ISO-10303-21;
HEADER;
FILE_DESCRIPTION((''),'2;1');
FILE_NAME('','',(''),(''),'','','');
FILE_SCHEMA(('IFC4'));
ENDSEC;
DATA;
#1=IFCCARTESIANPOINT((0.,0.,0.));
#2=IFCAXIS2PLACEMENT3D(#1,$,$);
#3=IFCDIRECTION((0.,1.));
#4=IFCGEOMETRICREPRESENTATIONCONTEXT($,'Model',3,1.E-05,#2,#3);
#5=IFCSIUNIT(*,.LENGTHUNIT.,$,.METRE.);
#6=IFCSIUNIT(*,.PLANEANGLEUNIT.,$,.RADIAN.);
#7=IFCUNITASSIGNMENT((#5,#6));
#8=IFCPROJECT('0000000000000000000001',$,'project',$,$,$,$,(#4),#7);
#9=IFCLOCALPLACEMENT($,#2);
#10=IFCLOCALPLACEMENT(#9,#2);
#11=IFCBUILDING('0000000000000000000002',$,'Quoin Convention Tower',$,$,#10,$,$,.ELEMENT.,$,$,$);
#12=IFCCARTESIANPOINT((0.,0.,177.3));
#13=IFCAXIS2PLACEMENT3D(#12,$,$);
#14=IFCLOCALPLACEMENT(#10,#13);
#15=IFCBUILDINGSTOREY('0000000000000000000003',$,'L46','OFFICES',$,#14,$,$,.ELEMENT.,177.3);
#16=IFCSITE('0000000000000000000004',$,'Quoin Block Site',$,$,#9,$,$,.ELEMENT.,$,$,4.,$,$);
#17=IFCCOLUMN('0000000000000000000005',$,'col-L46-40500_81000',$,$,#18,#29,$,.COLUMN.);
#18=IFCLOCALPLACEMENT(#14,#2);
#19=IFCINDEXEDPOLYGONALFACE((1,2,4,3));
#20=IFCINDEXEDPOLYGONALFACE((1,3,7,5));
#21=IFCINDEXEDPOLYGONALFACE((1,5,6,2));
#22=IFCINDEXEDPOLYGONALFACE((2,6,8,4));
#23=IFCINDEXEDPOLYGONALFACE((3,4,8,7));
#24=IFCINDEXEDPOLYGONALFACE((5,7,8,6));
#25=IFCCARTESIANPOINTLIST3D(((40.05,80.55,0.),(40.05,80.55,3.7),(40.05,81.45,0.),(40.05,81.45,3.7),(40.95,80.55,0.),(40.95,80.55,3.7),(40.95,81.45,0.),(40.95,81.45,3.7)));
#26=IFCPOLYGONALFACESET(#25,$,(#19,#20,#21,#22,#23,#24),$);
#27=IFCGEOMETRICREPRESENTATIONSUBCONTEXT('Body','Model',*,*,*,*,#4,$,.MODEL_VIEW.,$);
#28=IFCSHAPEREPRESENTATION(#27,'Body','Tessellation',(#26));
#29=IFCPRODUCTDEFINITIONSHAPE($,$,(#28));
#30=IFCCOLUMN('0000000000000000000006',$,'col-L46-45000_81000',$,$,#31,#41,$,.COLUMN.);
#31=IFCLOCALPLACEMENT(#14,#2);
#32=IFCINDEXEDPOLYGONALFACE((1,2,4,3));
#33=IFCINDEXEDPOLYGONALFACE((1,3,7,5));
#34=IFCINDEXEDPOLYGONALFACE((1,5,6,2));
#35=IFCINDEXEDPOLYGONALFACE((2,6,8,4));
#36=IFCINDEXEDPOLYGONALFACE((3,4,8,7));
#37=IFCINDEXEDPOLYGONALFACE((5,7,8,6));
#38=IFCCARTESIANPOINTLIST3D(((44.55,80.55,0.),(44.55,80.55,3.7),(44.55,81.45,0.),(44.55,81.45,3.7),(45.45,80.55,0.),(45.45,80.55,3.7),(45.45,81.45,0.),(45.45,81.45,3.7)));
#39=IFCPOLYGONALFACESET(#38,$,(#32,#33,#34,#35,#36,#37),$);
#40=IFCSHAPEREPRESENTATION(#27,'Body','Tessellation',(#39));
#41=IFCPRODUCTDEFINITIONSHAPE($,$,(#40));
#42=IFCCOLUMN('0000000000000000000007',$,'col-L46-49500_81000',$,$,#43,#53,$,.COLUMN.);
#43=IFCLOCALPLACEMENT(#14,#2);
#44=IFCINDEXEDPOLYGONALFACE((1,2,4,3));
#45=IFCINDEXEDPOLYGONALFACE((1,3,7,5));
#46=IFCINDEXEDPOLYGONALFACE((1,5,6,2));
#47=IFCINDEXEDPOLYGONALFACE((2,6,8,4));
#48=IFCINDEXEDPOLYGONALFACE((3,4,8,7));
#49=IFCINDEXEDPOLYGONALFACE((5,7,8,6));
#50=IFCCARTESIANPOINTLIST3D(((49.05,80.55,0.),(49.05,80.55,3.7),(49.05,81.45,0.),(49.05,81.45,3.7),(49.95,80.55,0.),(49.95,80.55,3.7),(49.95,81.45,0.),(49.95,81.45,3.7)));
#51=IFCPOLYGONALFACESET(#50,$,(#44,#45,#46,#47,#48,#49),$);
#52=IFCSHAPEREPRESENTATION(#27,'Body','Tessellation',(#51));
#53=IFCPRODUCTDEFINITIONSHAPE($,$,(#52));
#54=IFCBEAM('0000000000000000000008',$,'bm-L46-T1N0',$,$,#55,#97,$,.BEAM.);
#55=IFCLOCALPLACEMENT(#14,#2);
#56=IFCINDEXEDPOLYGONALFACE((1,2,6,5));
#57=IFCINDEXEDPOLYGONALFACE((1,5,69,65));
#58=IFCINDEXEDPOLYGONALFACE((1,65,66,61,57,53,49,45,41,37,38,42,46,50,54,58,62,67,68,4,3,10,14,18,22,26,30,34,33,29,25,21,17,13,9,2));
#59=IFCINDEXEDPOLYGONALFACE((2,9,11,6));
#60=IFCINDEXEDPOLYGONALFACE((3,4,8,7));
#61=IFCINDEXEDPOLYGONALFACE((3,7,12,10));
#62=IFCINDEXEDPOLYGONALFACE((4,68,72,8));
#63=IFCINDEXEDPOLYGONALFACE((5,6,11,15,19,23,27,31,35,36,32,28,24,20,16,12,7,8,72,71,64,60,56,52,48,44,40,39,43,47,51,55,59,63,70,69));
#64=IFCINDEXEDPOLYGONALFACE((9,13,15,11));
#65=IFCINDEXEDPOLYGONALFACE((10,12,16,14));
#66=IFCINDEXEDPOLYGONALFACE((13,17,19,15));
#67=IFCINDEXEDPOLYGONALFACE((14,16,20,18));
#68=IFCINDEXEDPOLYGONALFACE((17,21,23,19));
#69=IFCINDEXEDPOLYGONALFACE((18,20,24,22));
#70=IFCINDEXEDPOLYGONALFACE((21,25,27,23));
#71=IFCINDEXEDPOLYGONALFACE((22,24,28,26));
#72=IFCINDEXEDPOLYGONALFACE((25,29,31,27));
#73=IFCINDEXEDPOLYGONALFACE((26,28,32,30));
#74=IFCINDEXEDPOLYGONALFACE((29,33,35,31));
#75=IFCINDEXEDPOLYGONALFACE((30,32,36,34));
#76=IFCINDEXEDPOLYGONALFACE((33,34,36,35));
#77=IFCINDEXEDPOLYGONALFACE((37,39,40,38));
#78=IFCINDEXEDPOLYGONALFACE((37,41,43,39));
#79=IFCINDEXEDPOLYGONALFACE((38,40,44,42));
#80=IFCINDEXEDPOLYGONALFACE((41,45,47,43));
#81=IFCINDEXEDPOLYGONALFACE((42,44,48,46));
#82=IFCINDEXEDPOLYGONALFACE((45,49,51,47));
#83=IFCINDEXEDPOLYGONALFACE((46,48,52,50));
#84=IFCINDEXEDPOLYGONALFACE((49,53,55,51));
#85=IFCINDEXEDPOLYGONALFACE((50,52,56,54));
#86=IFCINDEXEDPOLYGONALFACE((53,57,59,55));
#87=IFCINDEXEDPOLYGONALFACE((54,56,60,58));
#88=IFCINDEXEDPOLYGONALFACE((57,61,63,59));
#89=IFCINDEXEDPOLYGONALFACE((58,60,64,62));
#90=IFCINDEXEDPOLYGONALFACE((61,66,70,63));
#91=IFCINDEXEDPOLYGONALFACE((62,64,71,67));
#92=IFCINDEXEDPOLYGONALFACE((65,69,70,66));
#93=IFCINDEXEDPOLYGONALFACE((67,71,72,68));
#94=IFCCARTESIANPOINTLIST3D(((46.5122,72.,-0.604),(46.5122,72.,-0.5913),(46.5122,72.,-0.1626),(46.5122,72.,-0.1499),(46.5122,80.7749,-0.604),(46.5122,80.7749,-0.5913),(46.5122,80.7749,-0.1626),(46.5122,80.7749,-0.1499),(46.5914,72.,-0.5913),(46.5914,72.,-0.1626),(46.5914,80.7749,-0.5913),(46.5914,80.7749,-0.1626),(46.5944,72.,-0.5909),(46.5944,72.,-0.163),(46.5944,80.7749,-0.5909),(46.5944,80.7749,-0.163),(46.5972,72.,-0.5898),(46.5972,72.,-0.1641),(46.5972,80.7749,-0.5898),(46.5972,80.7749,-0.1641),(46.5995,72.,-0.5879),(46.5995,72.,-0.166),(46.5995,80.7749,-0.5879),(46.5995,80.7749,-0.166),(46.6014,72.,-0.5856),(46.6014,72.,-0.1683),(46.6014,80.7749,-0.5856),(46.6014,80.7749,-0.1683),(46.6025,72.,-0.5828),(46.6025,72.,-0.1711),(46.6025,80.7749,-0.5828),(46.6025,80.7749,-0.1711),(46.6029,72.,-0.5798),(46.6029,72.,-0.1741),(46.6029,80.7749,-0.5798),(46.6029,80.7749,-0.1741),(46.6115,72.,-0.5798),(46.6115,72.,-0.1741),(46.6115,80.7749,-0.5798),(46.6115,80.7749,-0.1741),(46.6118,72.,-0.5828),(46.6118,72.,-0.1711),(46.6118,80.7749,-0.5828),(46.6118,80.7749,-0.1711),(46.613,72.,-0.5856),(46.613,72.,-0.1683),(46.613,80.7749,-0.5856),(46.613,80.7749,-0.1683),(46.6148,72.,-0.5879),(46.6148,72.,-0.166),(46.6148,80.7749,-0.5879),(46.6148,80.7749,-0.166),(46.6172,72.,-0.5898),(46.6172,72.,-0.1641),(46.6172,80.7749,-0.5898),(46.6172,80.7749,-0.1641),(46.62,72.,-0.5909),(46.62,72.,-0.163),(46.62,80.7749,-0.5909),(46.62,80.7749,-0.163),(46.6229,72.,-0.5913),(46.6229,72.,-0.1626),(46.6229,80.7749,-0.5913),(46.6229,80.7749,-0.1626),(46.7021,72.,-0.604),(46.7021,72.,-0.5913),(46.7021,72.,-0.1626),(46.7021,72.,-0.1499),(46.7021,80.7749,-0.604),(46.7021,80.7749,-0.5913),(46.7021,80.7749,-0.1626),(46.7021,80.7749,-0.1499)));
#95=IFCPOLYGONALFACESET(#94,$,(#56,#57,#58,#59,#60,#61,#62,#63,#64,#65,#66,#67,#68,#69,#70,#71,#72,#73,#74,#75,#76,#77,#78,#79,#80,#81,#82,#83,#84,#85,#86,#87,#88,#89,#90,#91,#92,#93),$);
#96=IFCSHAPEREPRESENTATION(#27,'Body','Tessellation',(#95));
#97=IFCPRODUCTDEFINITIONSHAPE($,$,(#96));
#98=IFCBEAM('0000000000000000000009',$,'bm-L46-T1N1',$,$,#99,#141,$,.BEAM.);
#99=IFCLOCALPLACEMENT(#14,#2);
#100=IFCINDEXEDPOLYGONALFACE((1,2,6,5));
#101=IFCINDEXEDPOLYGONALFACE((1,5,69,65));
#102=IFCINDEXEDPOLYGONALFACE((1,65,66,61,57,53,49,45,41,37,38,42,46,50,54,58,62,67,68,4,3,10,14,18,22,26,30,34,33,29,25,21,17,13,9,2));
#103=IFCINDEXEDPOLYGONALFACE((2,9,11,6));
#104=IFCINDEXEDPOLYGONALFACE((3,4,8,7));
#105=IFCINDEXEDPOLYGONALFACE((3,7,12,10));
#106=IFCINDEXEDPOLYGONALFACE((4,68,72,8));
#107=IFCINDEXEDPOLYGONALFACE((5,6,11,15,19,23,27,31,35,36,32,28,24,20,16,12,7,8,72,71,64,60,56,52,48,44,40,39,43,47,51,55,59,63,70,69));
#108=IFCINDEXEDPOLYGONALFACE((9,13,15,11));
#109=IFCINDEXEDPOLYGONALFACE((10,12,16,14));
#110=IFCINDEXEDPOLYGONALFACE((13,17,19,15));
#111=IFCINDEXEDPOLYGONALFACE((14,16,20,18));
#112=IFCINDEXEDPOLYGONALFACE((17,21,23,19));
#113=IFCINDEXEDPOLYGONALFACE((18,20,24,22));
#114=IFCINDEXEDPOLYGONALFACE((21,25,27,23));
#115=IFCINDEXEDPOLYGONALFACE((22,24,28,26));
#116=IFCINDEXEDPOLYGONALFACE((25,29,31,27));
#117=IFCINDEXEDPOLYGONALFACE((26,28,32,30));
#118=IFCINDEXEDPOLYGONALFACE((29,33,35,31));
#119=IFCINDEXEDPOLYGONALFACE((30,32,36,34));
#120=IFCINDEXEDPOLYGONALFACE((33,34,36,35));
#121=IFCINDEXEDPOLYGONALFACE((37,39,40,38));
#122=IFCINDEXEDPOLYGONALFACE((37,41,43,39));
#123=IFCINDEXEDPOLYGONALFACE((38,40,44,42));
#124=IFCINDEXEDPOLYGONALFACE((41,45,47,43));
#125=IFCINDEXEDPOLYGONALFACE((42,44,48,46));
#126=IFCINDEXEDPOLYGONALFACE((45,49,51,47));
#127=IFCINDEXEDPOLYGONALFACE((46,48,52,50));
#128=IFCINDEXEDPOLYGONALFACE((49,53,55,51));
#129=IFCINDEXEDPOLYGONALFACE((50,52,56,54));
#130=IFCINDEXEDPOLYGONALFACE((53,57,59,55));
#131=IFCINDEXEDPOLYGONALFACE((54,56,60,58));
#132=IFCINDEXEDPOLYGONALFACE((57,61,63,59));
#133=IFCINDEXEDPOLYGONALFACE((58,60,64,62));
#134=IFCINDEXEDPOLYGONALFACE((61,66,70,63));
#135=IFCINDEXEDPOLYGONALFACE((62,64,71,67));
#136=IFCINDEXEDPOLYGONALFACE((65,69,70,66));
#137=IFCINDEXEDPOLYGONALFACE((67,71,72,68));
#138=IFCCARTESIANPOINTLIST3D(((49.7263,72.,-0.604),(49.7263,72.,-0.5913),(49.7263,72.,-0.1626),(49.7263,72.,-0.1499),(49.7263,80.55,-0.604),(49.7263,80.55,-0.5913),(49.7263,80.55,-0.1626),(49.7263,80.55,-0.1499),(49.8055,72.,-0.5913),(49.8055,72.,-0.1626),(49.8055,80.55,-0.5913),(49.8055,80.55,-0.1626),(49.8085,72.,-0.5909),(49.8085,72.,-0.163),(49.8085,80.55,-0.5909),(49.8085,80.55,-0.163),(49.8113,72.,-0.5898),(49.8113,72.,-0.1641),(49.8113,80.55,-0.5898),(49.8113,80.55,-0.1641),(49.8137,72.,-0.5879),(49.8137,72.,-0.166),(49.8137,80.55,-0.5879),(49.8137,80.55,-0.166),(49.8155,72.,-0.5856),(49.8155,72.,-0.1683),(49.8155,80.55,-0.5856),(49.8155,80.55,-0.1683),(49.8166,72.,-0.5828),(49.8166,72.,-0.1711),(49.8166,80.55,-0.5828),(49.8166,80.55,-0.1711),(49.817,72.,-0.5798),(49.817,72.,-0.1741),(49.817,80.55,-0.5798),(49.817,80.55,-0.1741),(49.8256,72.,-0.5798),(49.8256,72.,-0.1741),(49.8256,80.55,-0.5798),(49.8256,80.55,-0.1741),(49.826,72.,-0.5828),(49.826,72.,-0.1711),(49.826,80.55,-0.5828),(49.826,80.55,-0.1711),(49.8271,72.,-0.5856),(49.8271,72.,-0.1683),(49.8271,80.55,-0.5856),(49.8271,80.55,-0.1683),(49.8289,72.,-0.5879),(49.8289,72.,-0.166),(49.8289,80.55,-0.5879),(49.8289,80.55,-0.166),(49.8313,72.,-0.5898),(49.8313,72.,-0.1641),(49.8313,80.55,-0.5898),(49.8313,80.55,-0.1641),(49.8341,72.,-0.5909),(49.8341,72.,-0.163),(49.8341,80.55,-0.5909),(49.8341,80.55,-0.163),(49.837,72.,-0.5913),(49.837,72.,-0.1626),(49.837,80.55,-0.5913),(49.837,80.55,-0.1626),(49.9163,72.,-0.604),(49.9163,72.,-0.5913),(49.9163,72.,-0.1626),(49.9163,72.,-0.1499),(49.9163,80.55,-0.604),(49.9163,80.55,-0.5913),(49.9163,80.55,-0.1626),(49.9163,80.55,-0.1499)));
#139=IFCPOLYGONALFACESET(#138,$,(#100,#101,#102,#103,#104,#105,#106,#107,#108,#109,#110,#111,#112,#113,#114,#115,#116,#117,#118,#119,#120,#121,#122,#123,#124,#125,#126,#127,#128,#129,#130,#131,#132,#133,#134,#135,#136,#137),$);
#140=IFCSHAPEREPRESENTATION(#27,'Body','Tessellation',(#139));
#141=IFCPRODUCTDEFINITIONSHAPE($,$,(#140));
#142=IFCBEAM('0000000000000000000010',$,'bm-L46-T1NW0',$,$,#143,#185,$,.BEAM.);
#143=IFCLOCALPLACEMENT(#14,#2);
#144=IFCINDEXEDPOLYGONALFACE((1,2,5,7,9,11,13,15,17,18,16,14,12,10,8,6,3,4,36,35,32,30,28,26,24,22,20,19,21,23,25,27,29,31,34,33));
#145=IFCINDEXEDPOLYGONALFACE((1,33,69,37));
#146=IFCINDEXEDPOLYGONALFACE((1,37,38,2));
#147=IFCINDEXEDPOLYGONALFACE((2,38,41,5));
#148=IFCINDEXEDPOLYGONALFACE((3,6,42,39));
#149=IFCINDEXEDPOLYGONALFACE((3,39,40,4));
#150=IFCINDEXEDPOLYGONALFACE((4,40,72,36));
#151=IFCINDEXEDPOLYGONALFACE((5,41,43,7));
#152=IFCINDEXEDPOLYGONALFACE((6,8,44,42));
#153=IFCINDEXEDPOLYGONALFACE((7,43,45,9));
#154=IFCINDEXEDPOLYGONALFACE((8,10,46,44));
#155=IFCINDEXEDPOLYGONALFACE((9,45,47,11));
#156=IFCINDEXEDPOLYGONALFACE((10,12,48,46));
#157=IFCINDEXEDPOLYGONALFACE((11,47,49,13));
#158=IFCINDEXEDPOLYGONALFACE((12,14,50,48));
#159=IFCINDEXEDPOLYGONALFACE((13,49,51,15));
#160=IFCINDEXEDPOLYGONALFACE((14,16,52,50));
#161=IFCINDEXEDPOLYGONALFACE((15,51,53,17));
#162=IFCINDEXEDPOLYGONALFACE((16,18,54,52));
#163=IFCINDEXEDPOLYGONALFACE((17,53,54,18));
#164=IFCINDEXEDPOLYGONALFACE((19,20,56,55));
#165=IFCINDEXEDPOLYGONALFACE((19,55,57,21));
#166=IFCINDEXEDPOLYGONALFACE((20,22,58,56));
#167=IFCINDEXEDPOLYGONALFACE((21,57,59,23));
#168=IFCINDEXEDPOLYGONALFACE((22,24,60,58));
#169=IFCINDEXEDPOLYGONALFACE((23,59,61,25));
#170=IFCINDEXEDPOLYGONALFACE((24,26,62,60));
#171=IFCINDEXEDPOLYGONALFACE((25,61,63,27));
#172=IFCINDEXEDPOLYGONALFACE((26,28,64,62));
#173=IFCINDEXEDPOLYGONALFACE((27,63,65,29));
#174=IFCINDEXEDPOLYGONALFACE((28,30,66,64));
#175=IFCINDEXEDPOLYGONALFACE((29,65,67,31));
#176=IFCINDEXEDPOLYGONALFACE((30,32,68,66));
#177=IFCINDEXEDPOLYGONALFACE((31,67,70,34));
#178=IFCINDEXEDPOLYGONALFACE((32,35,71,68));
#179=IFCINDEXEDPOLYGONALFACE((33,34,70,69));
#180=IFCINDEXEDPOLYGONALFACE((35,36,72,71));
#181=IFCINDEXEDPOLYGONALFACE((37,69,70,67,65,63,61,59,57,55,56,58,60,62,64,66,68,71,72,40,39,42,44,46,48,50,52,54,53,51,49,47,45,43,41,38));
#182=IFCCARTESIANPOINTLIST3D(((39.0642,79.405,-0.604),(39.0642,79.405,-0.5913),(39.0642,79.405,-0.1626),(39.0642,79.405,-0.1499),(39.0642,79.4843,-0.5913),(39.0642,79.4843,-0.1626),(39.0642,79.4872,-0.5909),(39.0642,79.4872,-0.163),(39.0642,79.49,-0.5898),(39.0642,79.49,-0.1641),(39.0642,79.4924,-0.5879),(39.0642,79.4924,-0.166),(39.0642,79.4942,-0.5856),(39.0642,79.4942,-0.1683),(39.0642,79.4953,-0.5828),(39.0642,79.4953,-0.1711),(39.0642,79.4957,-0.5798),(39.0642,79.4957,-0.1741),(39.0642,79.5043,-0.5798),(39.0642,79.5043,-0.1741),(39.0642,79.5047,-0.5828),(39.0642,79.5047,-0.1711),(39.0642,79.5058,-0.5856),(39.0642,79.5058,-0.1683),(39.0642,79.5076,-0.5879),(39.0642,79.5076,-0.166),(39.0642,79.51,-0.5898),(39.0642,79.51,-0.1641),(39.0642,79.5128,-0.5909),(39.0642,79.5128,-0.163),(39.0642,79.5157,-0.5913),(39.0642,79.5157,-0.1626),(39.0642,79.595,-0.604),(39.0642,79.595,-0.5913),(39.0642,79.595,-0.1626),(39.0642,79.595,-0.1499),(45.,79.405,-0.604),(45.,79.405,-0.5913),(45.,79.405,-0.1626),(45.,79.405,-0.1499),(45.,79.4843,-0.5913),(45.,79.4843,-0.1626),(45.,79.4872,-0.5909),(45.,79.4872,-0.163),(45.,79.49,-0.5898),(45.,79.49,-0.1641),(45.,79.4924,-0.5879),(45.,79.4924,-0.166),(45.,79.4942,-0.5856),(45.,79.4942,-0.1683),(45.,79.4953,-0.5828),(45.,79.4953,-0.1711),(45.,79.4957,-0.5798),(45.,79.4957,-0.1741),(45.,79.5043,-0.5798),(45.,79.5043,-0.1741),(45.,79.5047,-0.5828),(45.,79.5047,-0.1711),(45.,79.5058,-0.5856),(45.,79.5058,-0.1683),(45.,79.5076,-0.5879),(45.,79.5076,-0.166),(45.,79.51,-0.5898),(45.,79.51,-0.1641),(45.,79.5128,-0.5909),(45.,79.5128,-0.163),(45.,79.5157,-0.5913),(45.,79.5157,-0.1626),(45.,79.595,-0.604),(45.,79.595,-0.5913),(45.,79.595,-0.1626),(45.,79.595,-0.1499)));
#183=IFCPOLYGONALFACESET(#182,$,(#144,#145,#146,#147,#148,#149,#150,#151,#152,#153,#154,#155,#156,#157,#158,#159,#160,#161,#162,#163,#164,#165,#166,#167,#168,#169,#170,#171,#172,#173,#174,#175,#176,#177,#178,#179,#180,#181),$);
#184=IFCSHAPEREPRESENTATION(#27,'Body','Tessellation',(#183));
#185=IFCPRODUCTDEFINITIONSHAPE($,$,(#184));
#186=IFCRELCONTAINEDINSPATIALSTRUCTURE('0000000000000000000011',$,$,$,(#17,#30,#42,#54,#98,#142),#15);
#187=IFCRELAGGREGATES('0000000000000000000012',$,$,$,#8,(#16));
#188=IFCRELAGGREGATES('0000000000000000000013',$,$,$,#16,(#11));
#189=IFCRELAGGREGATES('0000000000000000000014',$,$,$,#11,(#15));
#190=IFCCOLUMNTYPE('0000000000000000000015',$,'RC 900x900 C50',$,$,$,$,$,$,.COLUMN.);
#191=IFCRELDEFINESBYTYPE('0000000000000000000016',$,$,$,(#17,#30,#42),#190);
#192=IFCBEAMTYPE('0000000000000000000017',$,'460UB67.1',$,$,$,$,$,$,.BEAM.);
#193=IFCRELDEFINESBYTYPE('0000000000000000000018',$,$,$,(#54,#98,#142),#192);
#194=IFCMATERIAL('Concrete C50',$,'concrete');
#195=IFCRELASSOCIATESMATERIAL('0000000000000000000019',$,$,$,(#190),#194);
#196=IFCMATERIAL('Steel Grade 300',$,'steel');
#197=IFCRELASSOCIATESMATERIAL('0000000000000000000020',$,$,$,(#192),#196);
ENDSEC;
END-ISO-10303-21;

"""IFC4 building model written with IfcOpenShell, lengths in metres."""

from ifc_helpers import new_model, si_unit, direction, frame, origin, origin_2d, place, context, subcontext, project, spatial, rectangle, i_section, extrude, material, material_profile, profile_set, type_object, element, save


model = new_model("IFC4")

# Units and contexts
model_context = context("Model", 3, precision=1e-05, world=origin(), true_north=direction((0.0, 1.0)))
body_context = subcontext(model_context, "Body", "Model", "MODEL_VIEW")
ifc_project = project(units=[si_unit("LENGTHUNIT", "METRE"), si_unit("PLANEANGLEUNIT", "RADIAN")], contexts=[model_context])

# Site, building, storey
site_placement = place(None, origin())
site = spatial("IfcSite", under=ifc_project, at=site_placement, Name="Quoin Block Site", CompositionType="ELEMENT", RefElevation=4.0)
building_placement = place(site_placement, origin())
building = spatial("IfcBuilding", under=site, at=building_placement, Name="Quoin Convention Tower", CompositionType="ELEMENT")
storey_placement = place(building_placement, frame((0.0, 0.0, 177.3)))
storey = spatial("IfcBuildingStorey", under=building, at=storey_placement, Name="L46", Description="OFFICES", CompositionType="ELEMENT", Elevation=177.3)

# Columns
ifc_material_1 = material(Name="Concrete C50", Category="concrete")
ifc_material_profile_1 = material_profile(ifc_material_1, rectangle(XDim=0.8999, YDim=0.8999, at=origin_2d()), Name="RC 900x900")
ifc_profile_set_1 = profile_set([ifc_material_profile_1], Name="Concrete C50")
column_type = type_object("IfcColumnType", Name="RC 900x900 C50", PredefinedType="COLUMN", material=ifc_profile_set_1)
for number, where, z_axis, x_axis, name in (
    (1, (40.5, 81.0, 0.0), (0.0, 0.0, 1.0), (1.0, 0.0, 0.0), "col-L46-40500_81000"),
    (2, (45.0, 81.0, 0.0), (0.0, 0.0, 1.0), (1.0, 0.0, 0.0), "col-L46-45000_81000"),
    (3, (49.5, 81.0, 0.0), (0.0, 0.0, 1.0), (1.0, 0.0, 0.0), "col-L46-49500_81000"),
):
    element("IfcColumn", number, at=place(storey_placement, frame(where, z_axis=z_axis, x_axis=x_axis)), inside=storey, type_object=column_type, Name=name, PredefinedType="COLUMN", context=body_context, shape_type="SweptSolid", body=[
        extrude(rectangle(XDim=0.8999, YDim=0.8999, at=origin_2d()), origin(), (0.0, 0.0, 1.0), 3.7),
    ])

# Beams
ifc_material_2 = material(Name="Steel Grade 300", Category="steel")
ifc_material_profile_2 = material_profile(ifc_material_2, i_section(OverallWidth=0.1899, OverallDepth=0.4541, WebThickness=0.0085, FlangeThickness=0.0127, FilletRadius=0.0115, at=origin_2d()), Name="460UB67.1")
ifc_profile_set_2 = profile_set([ifc_material_profile_2], Name="Steel Grade 300")
beam_type_1 = type_object("IfcBeamType", Name="460UB67.1", PredefinedType="BEAM", material=ifc_profile_set_2)
beam_1_placement = place(storey_placement, frame((46.6072, 72.0, -0.377), z_axis=(0.0, 1.0, 0.0), x_axis=(-1.0, 0.0, 0.0)))
element("IfcBeam", 4, at=beam_1_placement, inside=storey, type_object=beam_type_1, Name="bm-L46-T1N0", PredefinedType="BEAM", context=body_context, shape_type="SweptSolid", body=[
    extrude(i_section(OverallWidth=0.1899, OverallDepth=0.4541, WebThickness=0.0085, FlangeThickness=0.0127, FilletRadius=0.0115, at=origin_2d()), origin(), (0.0, 0.0, 1.0), 8.7749),
])
beam_2_placement = place(storey_placement, frame((49.8213, 72.0, -0.377), z_axis=(0.0, 1.0, 0.0), x_axis=(-1.0, 0.0, 0.0)))
element("IfcBeam", 5, at=beam_2_placement, inside=storey, type_object=beam_type_1, Name="bm-L46-T1N1", PredefinedType="BEAM", context=body_context, shape_type="SweptSolid", body=[
    extrude(i_section(OverallWidth=0.1899, OverallDepth=0.4541, WebThickness=0.0085, FlangeThickness=0.0127, FilletRadius=0.0115, at=origin_2d()), origin(), (0.0, 0.0, 1.0), 8.55),
])
beam_3_placement = place(storey_placement, frame((39.0642, 79.5, -0.377), z_axis=(1.0, 0.0, 0.0), x_axis=(0.0, 1.0, 0.0)))
element("IfcBeam", 6, at=beam_3_placement, inside=storey, type_object=beam_type_1, Name="bm-L46-T1NW0", PredefinedType="BEAM", context=body_context, shape_type="SweptSolid", body=[
    extrude(i_section(OverallWidth=0.1899, OverallDepth=0.4541, WebThickness=0.0085, FlangeThickness=0.0127, FilletRadius=0.0115, at=origin_2d()), origin(), (0.0, 0.0, 1.0), 5.9358),
])

save(model, "model.ifc")
